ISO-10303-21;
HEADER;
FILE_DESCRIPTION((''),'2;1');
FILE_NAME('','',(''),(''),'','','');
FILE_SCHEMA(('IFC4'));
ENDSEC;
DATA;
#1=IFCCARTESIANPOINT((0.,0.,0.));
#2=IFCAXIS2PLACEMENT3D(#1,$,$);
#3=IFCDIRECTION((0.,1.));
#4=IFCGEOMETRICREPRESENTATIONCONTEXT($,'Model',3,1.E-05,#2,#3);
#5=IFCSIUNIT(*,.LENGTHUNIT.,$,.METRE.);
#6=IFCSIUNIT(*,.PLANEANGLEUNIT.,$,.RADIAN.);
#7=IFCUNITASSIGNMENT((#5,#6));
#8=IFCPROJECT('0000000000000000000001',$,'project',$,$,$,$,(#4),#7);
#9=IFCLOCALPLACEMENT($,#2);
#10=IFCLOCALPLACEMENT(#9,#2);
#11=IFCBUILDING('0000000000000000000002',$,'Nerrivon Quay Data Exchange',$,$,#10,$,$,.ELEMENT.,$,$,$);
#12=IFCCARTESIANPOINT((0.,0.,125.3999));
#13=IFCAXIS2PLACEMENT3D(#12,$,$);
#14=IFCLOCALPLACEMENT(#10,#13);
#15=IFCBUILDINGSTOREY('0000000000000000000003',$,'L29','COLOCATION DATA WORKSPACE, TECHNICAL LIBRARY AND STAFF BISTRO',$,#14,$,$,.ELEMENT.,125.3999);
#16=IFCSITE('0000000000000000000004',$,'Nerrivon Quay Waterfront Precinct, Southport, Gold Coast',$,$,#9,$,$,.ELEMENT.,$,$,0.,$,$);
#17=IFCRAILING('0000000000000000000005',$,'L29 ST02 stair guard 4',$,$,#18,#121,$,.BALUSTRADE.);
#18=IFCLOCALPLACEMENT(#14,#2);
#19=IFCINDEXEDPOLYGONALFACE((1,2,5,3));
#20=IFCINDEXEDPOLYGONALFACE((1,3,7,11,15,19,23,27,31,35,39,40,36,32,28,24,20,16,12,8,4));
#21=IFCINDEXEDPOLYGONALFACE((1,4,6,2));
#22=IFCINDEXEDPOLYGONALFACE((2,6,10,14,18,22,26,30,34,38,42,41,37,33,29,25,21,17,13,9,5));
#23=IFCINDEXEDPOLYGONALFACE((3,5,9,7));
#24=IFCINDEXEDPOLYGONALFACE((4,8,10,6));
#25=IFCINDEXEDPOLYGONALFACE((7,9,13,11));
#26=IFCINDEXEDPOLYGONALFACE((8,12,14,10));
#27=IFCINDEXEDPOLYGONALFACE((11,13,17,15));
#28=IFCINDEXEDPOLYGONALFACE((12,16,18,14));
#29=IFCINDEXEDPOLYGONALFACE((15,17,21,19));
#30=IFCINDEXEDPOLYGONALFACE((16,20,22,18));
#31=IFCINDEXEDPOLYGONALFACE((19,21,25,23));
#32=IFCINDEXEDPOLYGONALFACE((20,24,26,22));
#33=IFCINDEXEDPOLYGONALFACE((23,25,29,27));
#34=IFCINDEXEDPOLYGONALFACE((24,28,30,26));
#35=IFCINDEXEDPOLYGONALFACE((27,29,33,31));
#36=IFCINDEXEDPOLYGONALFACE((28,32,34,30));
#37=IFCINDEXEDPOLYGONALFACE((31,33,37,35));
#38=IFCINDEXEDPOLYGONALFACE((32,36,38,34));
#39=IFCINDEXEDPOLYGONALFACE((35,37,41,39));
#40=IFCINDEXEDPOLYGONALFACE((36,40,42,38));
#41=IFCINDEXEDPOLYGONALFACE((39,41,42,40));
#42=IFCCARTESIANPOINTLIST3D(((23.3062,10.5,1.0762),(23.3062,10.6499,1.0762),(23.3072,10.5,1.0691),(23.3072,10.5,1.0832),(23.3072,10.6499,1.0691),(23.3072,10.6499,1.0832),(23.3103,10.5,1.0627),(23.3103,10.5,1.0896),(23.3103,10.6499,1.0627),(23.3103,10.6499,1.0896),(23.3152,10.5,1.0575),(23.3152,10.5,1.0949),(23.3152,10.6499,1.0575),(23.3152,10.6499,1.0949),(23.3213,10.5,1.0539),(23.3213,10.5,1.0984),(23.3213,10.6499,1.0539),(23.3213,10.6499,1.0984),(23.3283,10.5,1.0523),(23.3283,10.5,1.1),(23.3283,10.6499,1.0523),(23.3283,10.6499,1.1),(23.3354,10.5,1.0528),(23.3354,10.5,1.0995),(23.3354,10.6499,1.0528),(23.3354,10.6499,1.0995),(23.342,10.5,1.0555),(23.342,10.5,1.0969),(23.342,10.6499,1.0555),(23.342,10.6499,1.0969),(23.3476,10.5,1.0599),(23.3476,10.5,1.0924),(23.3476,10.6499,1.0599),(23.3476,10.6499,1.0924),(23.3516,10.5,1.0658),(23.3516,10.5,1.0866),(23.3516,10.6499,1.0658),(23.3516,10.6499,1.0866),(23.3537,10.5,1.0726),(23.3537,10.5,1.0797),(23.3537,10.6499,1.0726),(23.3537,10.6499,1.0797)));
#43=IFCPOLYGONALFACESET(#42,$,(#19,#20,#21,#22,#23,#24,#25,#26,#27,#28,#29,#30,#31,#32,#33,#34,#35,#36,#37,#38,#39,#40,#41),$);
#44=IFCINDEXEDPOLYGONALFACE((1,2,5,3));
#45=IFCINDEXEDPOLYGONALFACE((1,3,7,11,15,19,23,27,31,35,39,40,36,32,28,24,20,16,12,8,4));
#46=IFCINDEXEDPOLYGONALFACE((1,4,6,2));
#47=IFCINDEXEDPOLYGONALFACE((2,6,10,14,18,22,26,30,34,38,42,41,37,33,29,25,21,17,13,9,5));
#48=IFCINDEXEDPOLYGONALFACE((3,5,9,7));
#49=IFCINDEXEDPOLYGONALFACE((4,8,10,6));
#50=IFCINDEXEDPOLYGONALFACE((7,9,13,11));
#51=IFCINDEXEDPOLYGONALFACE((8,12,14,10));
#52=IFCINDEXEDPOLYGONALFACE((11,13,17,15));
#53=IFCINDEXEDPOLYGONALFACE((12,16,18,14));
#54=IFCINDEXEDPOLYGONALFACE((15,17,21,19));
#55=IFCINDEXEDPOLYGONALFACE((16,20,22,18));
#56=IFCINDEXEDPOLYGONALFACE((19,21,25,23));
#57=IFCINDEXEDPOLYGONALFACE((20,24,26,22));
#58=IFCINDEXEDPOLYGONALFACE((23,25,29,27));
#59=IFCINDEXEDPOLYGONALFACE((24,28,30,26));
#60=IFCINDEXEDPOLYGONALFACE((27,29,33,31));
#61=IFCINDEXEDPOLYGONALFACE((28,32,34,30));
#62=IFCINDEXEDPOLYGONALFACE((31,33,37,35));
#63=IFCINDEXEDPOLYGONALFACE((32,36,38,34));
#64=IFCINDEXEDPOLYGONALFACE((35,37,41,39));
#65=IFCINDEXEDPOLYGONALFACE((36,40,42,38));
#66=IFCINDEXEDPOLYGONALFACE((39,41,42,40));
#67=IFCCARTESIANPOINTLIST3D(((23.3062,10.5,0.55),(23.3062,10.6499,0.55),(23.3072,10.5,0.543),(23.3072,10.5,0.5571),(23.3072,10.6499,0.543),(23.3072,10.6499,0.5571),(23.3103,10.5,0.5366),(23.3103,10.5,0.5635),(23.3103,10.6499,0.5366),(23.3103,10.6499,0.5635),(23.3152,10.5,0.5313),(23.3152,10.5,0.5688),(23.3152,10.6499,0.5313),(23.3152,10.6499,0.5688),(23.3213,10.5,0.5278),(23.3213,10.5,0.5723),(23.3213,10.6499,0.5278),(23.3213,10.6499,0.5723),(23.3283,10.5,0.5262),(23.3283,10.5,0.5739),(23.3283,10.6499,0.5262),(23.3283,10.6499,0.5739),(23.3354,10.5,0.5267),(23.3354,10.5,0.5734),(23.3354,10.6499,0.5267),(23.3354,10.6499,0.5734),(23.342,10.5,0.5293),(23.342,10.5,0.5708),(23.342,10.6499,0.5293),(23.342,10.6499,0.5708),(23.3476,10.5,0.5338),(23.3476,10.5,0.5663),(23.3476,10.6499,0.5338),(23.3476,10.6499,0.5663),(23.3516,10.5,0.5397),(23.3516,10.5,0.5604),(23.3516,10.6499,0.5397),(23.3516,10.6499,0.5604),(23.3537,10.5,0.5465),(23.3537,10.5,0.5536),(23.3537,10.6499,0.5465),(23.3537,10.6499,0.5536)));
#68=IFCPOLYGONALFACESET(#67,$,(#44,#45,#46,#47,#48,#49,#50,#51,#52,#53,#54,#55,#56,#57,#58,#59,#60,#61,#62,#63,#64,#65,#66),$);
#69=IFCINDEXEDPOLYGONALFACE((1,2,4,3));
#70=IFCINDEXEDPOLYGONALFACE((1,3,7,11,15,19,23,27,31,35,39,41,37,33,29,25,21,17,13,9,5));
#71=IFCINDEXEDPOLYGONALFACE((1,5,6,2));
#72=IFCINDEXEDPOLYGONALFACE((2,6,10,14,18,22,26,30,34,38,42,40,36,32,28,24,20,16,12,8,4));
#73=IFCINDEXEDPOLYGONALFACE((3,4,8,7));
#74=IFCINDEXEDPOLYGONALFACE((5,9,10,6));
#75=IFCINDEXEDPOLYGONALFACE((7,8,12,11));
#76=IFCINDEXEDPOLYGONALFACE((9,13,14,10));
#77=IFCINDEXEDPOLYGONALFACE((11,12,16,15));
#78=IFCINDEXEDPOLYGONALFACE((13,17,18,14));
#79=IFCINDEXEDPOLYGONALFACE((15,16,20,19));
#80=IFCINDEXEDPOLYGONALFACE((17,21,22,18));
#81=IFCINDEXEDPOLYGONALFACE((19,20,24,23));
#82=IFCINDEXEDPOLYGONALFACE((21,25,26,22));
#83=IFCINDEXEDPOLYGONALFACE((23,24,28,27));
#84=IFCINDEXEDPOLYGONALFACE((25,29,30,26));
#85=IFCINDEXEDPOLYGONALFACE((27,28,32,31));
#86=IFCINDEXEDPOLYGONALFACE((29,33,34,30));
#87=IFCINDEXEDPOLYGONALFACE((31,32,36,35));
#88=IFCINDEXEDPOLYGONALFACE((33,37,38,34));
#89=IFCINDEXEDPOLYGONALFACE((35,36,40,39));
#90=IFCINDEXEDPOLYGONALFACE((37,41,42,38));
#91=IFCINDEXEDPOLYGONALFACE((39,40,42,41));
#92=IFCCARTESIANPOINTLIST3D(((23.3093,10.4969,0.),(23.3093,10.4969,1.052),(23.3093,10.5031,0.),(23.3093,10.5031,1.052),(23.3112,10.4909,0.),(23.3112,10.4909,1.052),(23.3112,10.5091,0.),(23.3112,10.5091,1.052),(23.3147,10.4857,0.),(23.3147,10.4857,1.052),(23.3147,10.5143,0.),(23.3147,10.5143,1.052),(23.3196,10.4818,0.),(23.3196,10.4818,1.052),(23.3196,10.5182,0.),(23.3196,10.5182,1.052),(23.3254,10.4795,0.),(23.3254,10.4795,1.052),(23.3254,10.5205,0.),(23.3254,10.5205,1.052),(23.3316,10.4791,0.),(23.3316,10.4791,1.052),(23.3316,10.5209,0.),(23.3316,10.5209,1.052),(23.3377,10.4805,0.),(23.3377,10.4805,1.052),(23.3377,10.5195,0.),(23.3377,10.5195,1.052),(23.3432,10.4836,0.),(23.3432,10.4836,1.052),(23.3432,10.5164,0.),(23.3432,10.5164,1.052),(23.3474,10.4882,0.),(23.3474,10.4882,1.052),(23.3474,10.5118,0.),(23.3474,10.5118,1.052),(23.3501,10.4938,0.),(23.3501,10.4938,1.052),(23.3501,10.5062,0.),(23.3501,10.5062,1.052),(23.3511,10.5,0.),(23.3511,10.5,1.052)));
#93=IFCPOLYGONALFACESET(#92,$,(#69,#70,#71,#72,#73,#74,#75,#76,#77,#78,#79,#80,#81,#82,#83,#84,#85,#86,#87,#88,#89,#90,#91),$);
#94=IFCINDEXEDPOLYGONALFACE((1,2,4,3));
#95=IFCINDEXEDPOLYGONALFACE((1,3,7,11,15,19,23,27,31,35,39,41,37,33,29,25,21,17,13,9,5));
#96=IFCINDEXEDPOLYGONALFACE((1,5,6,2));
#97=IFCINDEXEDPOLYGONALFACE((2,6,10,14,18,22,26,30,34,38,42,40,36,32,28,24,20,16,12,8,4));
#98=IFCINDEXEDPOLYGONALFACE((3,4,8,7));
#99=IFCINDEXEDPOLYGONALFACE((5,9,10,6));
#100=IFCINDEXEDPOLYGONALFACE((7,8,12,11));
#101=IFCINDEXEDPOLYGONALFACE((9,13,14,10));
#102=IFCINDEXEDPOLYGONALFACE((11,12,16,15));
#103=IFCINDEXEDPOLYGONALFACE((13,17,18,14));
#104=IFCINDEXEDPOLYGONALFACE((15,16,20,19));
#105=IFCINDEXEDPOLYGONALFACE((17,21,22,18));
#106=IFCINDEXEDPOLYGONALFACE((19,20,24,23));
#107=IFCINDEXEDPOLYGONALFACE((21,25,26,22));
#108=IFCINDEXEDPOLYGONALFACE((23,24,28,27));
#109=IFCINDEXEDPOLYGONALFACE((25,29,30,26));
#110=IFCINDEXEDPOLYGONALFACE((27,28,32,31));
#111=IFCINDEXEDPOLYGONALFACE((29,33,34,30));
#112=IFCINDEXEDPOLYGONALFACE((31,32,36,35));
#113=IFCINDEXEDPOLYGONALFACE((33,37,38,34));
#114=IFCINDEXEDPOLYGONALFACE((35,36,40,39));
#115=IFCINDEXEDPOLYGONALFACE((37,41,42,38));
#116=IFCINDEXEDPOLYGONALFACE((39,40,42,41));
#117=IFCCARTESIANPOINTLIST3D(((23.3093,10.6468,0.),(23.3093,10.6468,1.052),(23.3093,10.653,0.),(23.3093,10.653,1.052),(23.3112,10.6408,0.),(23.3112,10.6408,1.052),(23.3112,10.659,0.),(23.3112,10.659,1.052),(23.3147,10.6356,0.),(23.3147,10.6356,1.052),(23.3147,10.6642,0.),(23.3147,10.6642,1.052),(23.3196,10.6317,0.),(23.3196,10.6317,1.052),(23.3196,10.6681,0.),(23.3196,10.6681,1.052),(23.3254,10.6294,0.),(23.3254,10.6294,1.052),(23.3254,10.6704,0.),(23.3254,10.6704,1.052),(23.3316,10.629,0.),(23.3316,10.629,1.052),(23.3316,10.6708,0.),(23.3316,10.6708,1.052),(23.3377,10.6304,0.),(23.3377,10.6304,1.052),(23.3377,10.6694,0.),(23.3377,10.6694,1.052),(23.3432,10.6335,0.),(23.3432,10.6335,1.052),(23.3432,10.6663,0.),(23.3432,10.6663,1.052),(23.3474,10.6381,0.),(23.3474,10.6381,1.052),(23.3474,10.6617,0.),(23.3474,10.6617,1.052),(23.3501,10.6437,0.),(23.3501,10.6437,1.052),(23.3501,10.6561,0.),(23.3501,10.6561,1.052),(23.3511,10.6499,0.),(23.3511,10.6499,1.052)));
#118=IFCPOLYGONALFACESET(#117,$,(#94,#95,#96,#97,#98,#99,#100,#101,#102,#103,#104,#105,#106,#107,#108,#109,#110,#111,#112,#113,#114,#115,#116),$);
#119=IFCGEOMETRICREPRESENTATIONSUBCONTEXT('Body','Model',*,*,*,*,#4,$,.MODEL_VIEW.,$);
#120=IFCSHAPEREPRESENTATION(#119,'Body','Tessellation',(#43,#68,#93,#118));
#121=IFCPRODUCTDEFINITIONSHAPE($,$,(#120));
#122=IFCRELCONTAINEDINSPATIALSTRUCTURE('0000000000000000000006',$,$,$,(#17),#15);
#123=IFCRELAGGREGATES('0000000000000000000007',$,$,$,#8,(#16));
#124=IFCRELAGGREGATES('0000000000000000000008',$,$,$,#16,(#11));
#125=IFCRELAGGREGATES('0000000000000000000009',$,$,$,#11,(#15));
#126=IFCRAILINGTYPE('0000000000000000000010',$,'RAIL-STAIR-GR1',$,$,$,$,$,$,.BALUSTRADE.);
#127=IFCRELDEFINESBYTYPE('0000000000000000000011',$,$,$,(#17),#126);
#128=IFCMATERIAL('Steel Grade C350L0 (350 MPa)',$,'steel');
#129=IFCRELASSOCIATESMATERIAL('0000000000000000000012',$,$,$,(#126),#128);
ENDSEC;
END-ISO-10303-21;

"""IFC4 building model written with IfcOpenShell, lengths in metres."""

from ifc_helpers import new_model, si_unit, direction, frame, origin, origin_2d, place, context, subcontext, project, spatial, circle, extrude, material, type_object, element, save


model = new_model("IFC4")

# Units and contexts
model_context = context("Model", 3, precision=1e-05, world=origin(), true_north=direction((0.0, 1.0)))
body_context = subcontext(model_context, "Body", "Model", "MODEL_VIEW")
ifc_project = project(units=[si_unit("LENGTHUNIT", "METRE"), si_unit("PLANEANGLEUNIT", "RADIAN")], contexts=[model_context])

# Site, building, storey
site_placement = place(None, origin())
site = spatial("IfcSite", under=ifc_project, at=site_placement, Name="Nerrivon Quay Waterfront Precinct, Southport, Gold Coast", CompositionType="ELEMENT", RefElevation=0.0)
building_placement = place(site_placement, origin())
building = spatial("IfcBuilding", under=site, at=building_placement, Name="Nerrivon Quay Data Exchange", CompositionType="ELEMENT")
storey_placement = place(building_placement, frame((0.0, 0.0, 125.3999)))
storey = spatial("IfcBuildingStorey", under=building, at=storey_placement, Name="L29", Description="COLOCATION DATA WORKSPACE, TECHNICAL LIBRARY AND STAFF BISTRO", CompositionType="ELEMENT", Elevation=125.3999)

# Railing
ifc_material_1 = material(Name="Steel Grade C350L0 (350 MPa)", Category="steel")
railing_type_1 = type_object("IfcRailingType", Name="RAIL-STAIR-GR1", PredefinedType="BALUSTRADE", material=ifc_material_1)
railing_1_placement = place(storey_placement, frame((23.3301, 10.5, 0.0)))
element("IfcRailing", 1, at=railing_1_placement, inside=storey, type_object=railing_type_1, Name="L29 ST02 stair guard 4", PredefinedType="BALUSTRADE", context=body_context, shape_type="SweptSolid", body=[
    extrude(circle(Radius=0.0239, at=origin_2d()), frame((0.0, 0.0, 1.0762), z_axis=(0.0, 1.0, 0.0), x_axis=(-1.0, 0.0, 0.0)), (0.0, 0.0, 1.0), 0.1499),
    extrude(circle(Radius=0.0239, at=origin_2d()), frame((0.0, 0.0, 0.55), z_axis=(0.0, 1.0, 0.0), x_axis=(-1.0, 0.0, 0.0)), (0.0, 0.0, 1.0), 0.1499),
    extrude(circle(Radius=0.021, at=origin_2d()), origin(), (0.0, 0.0, 1.0), 1.052),
    extrude(circle(Radius=0.021, at=origin_2d()), frame((0.0, 0.1499, 0.0)), (0.0, 0.0, 1.0), 1.052),
])

save(model, "model.ifc")
